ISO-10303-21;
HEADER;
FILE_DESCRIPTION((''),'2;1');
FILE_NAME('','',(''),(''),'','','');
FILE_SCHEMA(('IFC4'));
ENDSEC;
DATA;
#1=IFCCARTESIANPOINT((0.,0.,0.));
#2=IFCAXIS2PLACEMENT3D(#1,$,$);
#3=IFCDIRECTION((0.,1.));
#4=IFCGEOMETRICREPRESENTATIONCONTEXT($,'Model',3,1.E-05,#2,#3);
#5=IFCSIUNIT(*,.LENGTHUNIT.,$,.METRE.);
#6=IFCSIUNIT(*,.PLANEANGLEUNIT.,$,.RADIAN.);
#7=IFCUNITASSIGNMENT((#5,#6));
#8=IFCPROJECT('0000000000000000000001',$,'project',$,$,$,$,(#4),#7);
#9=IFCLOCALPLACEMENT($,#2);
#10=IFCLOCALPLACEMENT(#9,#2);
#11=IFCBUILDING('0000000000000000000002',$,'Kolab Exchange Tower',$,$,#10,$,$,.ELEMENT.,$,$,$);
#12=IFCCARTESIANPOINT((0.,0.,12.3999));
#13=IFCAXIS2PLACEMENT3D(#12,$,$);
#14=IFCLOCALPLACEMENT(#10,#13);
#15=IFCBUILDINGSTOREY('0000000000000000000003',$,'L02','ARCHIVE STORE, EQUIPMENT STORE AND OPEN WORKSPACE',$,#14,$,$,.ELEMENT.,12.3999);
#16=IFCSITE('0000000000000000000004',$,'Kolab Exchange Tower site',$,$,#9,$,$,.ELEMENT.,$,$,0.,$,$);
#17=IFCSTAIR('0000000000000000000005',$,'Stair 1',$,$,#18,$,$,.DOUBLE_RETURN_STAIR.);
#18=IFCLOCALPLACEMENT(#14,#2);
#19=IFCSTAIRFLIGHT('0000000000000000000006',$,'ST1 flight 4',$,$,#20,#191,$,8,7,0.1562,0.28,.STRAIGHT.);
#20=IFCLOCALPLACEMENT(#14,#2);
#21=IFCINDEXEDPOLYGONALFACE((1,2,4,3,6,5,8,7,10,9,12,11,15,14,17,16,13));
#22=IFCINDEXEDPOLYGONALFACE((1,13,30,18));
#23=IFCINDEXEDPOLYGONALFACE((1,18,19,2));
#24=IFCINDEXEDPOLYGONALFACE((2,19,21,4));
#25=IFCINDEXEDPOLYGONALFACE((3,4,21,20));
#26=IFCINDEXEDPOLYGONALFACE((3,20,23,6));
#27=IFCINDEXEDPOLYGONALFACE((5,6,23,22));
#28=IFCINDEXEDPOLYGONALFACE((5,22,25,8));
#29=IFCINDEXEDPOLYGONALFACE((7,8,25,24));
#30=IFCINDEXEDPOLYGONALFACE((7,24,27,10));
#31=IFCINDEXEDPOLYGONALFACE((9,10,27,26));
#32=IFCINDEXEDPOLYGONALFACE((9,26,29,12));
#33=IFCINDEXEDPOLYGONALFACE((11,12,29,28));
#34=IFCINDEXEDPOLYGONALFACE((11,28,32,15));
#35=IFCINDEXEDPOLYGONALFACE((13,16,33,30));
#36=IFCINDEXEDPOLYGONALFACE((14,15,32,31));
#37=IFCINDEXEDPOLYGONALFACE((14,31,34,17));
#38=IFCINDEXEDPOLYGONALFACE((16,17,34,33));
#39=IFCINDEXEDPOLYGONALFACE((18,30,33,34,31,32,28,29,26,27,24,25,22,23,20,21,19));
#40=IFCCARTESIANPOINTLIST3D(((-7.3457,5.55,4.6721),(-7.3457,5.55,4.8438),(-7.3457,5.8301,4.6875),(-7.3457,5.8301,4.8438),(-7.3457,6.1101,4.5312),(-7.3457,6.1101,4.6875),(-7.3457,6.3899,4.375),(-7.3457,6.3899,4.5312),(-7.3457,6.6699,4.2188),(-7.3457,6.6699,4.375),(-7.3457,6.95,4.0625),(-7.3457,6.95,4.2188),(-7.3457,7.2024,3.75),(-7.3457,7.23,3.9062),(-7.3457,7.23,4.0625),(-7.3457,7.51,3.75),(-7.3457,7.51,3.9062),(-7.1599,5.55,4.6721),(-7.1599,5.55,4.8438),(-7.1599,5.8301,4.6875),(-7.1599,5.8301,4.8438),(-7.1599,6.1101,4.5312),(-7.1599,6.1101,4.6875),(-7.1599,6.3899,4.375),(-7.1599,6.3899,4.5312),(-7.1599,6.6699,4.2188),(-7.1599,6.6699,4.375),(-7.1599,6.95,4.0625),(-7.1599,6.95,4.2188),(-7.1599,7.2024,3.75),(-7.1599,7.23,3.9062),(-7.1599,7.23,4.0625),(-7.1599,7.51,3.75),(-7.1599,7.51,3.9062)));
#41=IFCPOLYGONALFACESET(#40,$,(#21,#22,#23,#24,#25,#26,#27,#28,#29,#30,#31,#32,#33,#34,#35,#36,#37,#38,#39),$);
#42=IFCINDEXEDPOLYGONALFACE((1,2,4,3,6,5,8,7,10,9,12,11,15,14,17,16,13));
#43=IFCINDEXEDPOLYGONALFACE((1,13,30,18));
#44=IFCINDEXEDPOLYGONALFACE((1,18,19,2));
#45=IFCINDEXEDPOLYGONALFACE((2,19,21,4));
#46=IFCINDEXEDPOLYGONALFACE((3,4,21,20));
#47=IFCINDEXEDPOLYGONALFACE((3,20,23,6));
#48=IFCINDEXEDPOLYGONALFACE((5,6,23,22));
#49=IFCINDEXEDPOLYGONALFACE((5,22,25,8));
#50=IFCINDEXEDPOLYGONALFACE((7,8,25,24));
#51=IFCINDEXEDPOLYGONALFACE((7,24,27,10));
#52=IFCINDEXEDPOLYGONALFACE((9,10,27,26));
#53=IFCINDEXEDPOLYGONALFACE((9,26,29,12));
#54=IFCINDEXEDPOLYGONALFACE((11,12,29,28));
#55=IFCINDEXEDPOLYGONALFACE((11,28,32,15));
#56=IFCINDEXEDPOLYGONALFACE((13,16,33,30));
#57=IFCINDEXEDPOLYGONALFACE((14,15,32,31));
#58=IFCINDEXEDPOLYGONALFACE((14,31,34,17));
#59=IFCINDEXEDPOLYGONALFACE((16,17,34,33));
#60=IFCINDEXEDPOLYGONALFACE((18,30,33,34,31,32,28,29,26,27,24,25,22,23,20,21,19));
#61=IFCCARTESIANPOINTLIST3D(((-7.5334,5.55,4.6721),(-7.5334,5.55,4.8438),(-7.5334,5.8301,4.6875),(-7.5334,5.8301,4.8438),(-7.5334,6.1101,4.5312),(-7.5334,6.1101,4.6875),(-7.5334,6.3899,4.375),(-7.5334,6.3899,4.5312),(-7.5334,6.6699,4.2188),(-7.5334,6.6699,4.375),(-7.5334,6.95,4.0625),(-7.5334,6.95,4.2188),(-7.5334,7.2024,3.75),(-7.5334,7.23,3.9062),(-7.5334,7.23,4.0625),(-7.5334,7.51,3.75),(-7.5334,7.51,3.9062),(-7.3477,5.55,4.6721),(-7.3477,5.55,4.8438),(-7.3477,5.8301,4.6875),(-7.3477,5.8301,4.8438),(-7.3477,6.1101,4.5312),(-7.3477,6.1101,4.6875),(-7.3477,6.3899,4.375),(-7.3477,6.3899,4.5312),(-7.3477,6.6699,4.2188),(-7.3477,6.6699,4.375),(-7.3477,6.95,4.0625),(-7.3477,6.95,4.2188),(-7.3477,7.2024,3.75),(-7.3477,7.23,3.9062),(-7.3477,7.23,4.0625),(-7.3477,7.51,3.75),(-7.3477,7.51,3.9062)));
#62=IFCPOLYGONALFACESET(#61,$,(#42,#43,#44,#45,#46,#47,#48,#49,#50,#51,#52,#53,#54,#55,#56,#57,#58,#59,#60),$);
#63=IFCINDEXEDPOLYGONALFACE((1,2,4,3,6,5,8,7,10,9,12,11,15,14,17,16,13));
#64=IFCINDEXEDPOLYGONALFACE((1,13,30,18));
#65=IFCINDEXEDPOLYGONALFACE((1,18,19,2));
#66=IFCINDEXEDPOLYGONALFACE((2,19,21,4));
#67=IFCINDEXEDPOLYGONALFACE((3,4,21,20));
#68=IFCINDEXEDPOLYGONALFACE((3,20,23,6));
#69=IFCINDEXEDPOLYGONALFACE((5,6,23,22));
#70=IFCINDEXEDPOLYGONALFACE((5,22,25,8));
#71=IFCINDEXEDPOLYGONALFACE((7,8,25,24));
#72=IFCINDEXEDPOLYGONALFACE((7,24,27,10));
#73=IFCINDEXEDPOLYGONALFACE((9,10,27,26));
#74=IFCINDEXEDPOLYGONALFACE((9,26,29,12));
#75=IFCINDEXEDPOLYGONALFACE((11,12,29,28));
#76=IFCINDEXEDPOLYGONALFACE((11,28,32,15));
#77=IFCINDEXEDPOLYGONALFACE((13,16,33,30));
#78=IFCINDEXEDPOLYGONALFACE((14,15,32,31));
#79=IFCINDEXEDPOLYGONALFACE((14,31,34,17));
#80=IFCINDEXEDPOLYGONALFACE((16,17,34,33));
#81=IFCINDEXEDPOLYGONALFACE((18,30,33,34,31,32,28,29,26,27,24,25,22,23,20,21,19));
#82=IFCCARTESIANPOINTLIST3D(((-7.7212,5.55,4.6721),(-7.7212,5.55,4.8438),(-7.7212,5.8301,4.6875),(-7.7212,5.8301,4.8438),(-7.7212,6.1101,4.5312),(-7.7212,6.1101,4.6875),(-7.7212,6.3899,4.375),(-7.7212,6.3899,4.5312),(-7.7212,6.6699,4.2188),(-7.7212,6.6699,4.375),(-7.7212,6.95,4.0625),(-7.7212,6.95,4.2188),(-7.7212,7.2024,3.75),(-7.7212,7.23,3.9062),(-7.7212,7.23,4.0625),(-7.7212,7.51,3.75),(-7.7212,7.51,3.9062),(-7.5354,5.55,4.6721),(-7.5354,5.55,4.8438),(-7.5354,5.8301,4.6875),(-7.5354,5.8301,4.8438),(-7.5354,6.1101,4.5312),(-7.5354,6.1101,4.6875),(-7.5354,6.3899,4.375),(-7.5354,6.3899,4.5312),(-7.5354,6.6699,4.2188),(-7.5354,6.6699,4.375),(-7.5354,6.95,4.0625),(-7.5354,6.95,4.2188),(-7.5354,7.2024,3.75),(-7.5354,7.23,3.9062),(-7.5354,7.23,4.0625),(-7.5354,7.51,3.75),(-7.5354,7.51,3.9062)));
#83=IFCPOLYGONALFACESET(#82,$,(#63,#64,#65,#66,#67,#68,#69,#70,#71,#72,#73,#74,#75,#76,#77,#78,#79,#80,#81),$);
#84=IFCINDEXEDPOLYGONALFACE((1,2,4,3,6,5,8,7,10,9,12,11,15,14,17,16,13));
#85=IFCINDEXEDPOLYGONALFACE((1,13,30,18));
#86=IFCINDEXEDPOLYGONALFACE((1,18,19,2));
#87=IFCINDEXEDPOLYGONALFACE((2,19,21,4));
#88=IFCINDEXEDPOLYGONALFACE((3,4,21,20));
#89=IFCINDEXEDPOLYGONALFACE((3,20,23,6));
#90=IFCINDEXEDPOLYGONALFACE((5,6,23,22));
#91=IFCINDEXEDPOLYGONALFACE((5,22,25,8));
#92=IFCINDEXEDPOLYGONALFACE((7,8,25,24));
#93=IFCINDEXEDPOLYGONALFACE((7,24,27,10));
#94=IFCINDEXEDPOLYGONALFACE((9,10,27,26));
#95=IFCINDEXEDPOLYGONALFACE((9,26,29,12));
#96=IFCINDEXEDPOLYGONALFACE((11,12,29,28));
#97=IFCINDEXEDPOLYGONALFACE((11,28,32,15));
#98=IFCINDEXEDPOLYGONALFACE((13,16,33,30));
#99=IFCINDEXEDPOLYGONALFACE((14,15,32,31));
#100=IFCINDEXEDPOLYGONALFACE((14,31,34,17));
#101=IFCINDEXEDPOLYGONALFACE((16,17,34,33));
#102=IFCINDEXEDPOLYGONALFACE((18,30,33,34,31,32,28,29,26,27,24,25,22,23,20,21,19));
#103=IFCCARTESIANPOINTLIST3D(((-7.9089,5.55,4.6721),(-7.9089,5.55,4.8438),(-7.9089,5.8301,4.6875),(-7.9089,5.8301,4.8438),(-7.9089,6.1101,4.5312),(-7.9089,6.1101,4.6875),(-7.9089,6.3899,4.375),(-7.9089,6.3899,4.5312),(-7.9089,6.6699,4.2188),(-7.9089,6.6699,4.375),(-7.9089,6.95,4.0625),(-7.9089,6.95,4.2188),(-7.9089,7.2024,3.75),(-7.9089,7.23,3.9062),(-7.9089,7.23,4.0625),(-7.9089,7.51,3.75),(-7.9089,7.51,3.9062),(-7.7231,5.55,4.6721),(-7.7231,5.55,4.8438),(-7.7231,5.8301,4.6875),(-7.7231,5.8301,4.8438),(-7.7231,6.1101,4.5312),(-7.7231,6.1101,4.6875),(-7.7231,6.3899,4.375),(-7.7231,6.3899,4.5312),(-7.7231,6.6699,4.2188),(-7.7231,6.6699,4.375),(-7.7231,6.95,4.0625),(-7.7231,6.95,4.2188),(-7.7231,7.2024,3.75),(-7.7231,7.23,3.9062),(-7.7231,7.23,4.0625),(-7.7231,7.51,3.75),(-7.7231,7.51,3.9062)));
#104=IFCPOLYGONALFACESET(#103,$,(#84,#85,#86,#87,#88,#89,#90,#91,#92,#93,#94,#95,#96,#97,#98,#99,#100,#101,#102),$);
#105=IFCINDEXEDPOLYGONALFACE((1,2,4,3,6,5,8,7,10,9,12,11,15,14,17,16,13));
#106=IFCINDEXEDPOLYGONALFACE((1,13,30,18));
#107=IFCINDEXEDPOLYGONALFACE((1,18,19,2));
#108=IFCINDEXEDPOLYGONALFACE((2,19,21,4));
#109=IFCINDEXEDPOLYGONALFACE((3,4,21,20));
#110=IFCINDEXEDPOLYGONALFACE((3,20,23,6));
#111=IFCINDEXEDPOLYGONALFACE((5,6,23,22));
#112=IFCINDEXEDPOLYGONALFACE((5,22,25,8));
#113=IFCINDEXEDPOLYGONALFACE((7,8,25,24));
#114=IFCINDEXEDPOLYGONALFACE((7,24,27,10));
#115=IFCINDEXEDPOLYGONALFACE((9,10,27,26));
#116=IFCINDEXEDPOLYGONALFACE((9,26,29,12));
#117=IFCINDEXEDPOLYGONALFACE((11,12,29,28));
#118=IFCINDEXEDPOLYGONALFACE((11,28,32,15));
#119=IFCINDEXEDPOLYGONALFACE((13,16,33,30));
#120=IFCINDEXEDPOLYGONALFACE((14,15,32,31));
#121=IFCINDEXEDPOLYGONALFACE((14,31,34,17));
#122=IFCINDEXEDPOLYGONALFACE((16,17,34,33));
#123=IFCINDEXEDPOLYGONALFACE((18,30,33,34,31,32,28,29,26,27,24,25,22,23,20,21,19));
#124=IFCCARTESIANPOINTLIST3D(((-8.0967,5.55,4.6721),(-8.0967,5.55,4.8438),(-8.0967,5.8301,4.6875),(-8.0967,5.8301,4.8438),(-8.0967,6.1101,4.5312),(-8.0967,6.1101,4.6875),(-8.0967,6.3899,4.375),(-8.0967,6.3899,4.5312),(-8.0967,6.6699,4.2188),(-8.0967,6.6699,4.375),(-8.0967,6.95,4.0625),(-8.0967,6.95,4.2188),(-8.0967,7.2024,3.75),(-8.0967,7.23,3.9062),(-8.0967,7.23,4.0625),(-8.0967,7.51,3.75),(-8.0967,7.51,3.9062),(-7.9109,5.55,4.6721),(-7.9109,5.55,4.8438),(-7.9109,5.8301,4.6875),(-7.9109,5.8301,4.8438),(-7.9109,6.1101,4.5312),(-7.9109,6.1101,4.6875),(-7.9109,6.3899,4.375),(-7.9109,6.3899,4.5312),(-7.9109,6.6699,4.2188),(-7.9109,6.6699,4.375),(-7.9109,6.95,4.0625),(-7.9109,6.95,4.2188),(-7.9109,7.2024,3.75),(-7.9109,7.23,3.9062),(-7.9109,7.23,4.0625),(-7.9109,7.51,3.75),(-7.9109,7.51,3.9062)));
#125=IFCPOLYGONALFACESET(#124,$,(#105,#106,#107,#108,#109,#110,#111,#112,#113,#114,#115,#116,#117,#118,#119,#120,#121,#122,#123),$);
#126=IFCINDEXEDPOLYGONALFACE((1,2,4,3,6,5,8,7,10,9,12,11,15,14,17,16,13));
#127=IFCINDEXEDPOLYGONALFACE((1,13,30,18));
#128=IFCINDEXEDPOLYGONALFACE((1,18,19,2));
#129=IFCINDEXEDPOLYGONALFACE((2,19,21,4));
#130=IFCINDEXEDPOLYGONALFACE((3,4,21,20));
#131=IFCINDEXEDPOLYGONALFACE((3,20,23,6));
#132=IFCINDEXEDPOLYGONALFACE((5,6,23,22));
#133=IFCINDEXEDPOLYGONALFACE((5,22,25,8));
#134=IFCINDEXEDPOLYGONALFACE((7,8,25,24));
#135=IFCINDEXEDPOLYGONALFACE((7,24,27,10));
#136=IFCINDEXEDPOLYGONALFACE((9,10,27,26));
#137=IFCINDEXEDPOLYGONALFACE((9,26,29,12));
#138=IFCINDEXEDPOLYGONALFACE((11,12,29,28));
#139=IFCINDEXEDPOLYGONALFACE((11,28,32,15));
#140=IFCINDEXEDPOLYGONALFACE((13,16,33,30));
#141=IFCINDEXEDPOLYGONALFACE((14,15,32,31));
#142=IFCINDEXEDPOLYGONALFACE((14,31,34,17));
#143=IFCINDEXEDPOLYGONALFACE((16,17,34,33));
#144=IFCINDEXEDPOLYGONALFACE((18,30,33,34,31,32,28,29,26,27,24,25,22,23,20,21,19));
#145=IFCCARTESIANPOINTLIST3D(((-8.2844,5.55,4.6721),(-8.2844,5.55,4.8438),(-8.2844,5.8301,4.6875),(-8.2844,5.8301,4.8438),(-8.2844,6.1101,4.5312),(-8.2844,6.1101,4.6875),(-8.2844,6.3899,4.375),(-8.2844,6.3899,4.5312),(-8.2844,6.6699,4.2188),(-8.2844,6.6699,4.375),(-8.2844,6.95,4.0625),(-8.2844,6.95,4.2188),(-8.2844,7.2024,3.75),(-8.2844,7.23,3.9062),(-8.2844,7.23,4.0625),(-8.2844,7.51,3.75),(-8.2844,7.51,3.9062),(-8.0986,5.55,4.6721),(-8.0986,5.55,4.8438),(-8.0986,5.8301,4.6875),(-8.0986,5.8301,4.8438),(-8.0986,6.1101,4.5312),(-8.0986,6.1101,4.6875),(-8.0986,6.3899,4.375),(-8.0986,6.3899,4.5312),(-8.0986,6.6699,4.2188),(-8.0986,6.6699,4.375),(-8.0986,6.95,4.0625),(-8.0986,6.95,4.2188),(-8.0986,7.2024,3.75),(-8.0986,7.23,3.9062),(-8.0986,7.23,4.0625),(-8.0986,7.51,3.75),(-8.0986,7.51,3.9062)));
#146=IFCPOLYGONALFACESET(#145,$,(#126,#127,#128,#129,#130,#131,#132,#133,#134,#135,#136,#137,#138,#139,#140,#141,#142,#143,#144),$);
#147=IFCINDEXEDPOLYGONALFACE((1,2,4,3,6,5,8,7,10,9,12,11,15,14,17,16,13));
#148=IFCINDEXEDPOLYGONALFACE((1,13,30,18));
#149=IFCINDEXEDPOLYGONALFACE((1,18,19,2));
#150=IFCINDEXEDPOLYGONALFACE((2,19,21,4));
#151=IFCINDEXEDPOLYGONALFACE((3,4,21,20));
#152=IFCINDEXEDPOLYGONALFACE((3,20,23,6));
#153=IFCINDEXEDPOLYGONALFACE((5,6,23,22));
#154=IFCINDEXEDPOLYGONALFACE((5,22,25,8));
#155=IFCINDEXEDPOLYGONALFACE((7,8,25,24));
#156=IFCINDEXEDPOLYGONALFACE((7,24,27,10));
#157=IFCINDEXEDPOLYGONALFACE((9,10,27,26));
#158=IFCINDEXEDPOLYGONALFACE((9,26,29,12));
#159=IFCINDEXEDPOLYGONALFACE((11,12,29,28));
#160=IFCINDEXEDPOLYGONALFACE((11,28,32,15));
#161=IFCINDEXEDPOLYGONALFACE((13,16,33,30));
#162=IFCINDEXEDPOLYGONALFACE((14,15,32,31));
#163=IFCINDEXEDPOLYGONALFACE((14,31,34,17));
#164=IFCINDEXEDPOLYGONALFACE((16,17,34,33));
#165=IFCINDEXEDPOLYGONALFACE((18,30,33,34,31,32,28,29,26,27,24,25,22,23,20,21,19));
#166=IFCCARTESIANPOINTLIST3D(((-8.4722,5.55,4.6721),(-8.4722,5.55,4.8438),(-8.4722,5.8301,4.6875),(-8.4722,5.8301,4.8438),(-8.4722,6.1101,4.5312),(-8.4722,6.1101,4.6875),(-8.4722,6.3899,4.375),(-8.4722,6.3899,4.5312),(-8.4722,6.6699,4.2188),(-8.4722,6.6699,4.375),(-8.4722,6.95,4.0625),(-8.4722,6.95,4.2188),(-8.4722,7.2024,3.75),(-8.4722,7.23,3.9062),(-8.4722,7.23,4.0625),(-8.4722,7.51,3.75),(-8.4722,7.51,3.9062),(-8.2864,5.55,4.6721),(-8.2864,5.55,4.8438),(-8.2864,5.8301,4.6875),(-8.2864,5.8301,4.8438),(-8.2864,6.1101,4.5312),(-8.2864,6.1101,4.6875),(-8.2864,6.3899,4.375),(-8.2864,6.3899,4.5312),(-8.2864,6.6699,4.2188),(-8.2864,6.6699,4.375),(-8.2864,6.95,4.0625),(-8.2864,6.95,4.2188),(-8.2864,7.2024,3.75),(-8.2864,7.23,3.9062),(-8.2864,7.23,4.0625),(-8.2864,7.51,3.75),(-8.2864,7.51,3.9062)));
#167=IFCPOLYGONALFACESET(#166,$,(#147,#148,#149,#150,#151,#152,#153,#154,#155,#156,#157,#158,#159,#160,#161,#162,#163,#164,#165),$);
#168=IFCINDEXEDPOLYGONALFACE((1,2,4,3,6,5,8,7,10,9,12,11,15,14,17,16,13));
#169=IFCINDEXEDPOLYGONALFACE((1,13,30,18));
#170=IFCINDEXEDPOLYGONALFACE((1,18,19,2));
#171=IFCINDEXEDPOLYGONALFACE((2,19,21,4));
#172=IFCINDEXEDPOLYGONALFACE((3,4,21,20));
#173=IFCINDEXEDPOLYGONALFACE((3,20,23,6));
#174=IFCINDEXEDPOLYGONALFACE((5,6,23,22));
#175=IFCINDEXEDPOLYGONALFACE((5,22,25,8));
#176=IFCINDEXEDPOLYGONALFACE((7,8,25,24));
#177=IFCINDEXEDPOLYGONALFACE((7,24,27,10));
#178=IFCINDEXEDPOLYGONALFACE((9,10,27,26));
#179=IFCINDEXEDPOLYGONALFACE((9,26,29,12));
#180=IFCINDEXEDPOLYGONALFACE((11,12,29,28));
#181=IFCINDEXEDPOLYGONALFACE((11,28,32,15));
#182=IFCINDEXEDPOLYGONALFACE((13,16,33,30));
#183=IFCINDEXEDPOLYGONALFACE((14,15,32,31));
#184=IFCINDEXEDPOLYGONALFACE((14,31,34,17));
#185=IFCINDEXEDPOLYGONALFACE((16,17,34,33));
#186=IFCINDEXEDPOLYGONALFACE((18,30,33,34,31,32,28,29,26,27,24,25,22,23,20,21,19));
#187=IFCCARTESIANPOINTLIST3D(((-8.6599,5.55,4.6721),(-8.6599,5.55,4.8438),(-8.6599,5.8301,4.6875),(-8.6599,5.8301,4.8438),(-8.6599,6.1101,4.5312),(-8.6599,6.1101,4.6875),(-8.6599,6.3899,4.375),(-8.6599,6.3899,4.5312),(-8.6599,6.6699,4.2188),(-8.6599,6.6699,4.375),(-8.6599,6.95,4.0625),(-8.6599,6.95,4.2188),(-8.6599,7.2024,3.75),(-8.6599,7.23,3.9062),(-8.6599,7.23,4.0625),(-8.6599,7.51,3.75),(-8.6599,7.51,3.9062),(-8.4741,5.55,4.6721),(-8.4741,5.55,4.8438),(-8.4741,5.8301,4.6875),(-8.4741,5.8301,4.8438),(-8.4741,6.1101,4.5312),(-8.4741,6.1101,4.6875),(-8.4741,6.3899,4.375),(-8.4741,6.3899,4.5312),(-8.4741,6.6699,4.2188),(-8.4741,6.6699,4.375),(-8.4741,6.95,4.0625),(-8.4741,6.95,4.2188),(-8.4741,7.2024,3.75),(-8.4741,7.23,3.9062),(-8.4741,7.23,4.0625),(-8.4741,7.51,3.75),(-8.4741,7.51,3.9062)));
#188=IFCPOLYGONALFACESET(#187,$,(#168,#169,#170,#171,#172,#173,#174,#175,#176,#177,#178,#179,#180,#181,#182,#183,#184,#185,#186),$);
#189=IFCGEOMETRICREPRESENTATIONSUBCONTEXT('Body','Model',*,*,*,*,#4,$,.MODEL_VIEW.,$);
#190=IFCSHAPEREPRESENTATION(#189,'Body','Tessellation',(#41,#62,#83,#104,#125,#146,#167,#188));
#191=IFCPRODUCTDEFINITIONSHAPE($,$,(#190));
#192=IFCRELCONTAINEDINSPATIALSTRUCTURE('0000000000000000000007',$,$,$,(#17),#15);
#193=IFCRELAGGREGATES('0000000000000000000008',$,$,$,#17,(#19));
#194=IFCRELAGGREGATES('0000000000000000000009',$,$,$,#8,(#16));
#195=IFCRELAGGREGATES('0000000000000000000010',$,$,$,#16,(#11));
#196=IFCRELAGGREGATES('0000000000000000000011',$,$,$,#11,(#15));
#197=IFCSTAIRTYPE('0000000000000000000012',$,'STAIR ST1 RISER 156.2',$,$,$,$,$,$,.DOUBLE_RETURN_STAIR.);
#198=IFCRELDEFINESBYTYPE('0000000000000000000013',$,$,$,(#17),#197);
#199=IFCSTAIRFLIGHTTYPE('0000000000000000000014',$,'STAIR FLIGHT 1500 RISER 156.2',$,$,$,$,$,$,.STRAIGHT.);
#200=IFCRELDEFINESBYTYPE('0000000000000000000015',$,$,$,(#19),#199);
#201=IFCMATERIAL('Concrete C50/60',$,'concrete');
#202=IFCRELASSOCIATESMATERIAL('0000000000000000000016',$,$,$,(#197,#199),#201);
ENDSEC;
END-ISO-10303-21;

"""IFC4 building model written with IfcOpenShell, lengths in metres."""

from ifc_helpers import new_model, si_unit, direction, frame, origin, place, context, subcontext, project, spatial, polyline, outline, extrude, material, type_object, element, aggregate, save


model = new_model("IFC4")

# Units and contexts
model_context = context("Model", 3, precision=1e-05, world=origin(), true_north=direction((0.0, 1.0)))
body_context = subcontext(model_context, "Body", "Model", "MODEL_VIEW")
ifc_project = project(units=[si_unit("LENGTHUNIT", "METRE"), si_unit("PLANEANGLEUNIT", "RADIAN")], contexts=[model_context])

# Site, building, storey
site_placement = place(None, origin())
site = spatial("IfcSite", under=ifc_project, at=site_placement, Name="Kolab Exchange Tower site", CompositionType="ELEMENT", RefElevation=0.0)
building_placement = place(site_placement, origin())
building = spatial("IfcBuilding", under=site, at=building_placement, Name="Kolab Exchange Tower", CompositionType="ELEMENT")
storey_placement = place(building_placement, frame((0.0, 0.0, 12.3999)))
storey = spatial("IfcBuildingStorey", under=building, at=storey_placement, Name="L02", Description="ARCHIVE STORE, EQUIPMENT STORE AND OPEN WORKSPACE", CompositionType="ELEMENT", Elevation=12.3999)

# Shared definitions
ifc_material_1 = material(Name="Concrete C50/60", Category="concrete")

# Stair, stair flight
stair_type = type_object("IfcStairType", Name="STAIR ST1 RISER 156.2", PredefinedType="DOUBLE_RETURN_STAIR", material=ifc_material_1)
stair_placement = place(storey_placement, origin())
stair = element("IfcStair", 1, at=stair_placement, inside=storey, type_object=stair_type, Name="Stair 1", PredefinedType="DOUBLE_RETURN_STAIR")
stair_flight_type = type_object("IfcStairFlightType", Name="STAIR FLIGHT 1500 RISER 156.2", PredefinedType="STRAIGHT", material=ifc_material_1)
stair_flight_1_placement = place(storey_placement, frame((-7.9099, 7.51, 3.75), z_axis=(0.0, 0.0, 1.0), x_axis=(0.0, -1.0, 0.0)))
stair_flight_1 = element("IfcStairFlight", 2, at=stair_flight_1_placement, type_object=stair_flight_type, Name="ST1 flight 4", NumberOfRisers=8, NumberOfTreads=7, PredefinedType="STRAIGHT", RiserHeight=0.1562, TreadLength=0.28, context=body_context, shape_type="SweptSolid", body=[
    extrude(outline(polyline([(0.0, 0.0), (0.0, 0.1562), (0.28, 0.1562), (0.28, 0.3125), (0.5601, 0.3125), (0.5601, 0.4688), (0.8401, 0.4688), (0.8401, 0.625), (1.1201, 0.625), (1.1201, 0.7812), (1.3999, 0.7812), (1.3999, 0.9375), (1.6799, 0.9375), (1.6799, 1.0938), (1.96, 1.0938), (1.96, 1.25), (1.96, 0.9221), (0.3076, 0.0), (0.0, 0.0)])), frame((0.0, 0.75, 0.0), z_axis=(0.0, -1.0, 0.0), x_axis=(1.0, 0.0, 0.0)), (0.0, 0.0, 1.0), 0.1858),
    extrude(outline(polyline([(0.0, 0.0), (0.0, 0.1562), (0.28, 0.1562), (0.28, 0.3125), (0.5601, 0.3125), (0.5601, 0.4688), (0.8401, 0.4688), (0.8401, 0.625), (1.1201, 0.625), (1.1201, 0.7812), (1.3999, 0.7812), (1.3999, 0.9375), (1.6799, 0.9375), (1.6799, 1.0938), (1.96, 1.0938), (1.96, 1.25), (1.96, 0.9221), (0.3076, 0.0), (0.0, 0.0)])), frame((0.0, 0.5623, 0.0), z_axis=(0.0, -1.0, 0.0), x_axis=(1.0, 0.0, 0.0)), (0.0, 0.0, 1.0), 0.1858),
    extrude(outline(polyline([(0.0, 0.0), (0.0, 0.1562), (0.28, 0.1562), (0.28, 0.3125), (0.5601, 0.3125), (0.5601, 0.4688), (0.8401, 0.4688), (0.8401, 0.625), (1.1201, 0.625), (1.1201, 0.7812), (1.3999, 0.7812), (1.3999, 0.9375), (1.6799, 0.9375), (1.6799, 1.0938), (1.96, 1.0938), (1.96, 1.25), (1.96, 0.9221), (0.3076, 0.0), (0.0, 0.0)])), frame((0.0, 0.3745, 0.0), z_axis=(0.0, -1.0, 0.0), x_axis=(1.0, 0.0, 0.0)), (0.0, 0.0, 1.0), 0.1858),
    extrude(outline(polyline([(0.0, 0.0), (0.0, 0.1562), (0.28, 0.1562), (0.28, 0.3125), (0.5601, 0.3125), (0.5601, 0.4688), (0.8401, 0.4688), (0.8401, 0.625), (1.1201, 0.625), (1.1201, 0.7812), (1.3999, 0.7812), (1.3999, 0.9375), (1.6799, 0.9375), (1.6799, 1.0938), (1.96, 1.0938), (1.96, 1.25), (1.96, 0.9221), (0.3076, 0.0), (0.0, 0.0)])), frame((0.0, 0.1868, 0.0), z_axis=(0.0, -1.0, 0.0), x_axis=(1.0, 0.0, 0.0)), (0.0, 0.0, 1.0), 0.1858),
    extrude(outline(polyline([(0.0, 0.0), (0.0, 0.1562), (0.28, 0.1562), (0.28, 0.3125), (0.5601, 0.3125), (0.5601, 0.4688), (0.8401, 0.4688), (0.8401, 0.625), (1.1201, 0.625), (1.1201, 0.7812), (1.3999, 0.7812), (1.3999, 0.9375), (1.6799, 0.9375), (1.6799, 1.0938), (1.96, 1.0938), (1.96, 1.25), (1.96, 0.9221), (0.3076, 0.0), (0.0, 0.0)])), frame((0.0, -0.001, 0.0), z_axis=(0.0, -1.0, 0.0), x_axis=(1.0, 0.0, 0.0)), (0.0, 0.0, 1.0), 0.1858),
    extrude(outline(polyline([(0.0, 0.0), (0.0, 0.1562), (0.28, 0.1562), (0.28, 0.3125), (0.5601, 0.3125), (0.5601, 0.4688), (0.8401, 0.4688), (0.8401, 0.625), (1.1201, 0.625), (1.1201, 0.7812), (1.3999, 0.7812), (1.3999, 0.9375), (1.6799, 0.9375), (1.6799, 1.0938), (1.96, 1.0938), (1.96, 1.25), (1.96, 0.9221), (0.3076, 0.0), (0.0, 0.0)])), frame((0.0, -0.1887, 0.0), z_axis=(0.0, -1.0, 0.0), x_axis=(1.0, 0.0, 0.0)), (0.0, 0.0, 1.0), 0.1858),
    extrude(outline(polyline([(0.0, 0.0), (0.0, 0.1562), (0.28, 0.1562), (0.28, 0.3125), (0.5601, 0.3125), (0.5601, 0.4688), (0.8401, 0.4688), (0.8401, 0.625), (1.1201, 0.625), (1.1201, 0.7812), (1.3999, 0.7812), (1.3999, 0.9375), (1.6799, 0.9375), (1.6799, 1.0938), (1.96, 1.0938), (1.96, 1.25), (1.96, 0.9221), (0.3076, 0.0), (0.0, 0.0)])), frame((0.0, -0.3765, 0.0), z_axis=(0.0, -1.0, 0.0), x_axis=(1.0, 0.0, 0.0)), (0.0, 0.0, 1.0), 0.1858),
    extrude(outline(polyline([(0.0, 0.0), (0.0, 0.1562), (0.28, 0.1562), (0.28, 0.3125), (0.5601, 0.3125), (0.5601, 0.4688), (0.8401, 0.4688), (0.8401, 0.625), (1.1201, 0.625), (1.1201, 0.7812), (1.3999, 0.7812), (1.3999, 0.9375), (1.6799, 0.9375), (1.6799, 1.0938), (1.96, 1.0938), (1.96, 1.25), (1.96, 0.9221), (0.3076, 0.0), (0.0, 0.0)])), frame((0.0, -0.5642, 0.0), z_axis=(0.0, -1.0, 0.0), x_axis=(1.0, 0.0, 0.0)), (0.0, 0.0, 1.0), 0.1858),
])
aggregate(stair, [stair_flight_1])

save(model, "model.ifc")
